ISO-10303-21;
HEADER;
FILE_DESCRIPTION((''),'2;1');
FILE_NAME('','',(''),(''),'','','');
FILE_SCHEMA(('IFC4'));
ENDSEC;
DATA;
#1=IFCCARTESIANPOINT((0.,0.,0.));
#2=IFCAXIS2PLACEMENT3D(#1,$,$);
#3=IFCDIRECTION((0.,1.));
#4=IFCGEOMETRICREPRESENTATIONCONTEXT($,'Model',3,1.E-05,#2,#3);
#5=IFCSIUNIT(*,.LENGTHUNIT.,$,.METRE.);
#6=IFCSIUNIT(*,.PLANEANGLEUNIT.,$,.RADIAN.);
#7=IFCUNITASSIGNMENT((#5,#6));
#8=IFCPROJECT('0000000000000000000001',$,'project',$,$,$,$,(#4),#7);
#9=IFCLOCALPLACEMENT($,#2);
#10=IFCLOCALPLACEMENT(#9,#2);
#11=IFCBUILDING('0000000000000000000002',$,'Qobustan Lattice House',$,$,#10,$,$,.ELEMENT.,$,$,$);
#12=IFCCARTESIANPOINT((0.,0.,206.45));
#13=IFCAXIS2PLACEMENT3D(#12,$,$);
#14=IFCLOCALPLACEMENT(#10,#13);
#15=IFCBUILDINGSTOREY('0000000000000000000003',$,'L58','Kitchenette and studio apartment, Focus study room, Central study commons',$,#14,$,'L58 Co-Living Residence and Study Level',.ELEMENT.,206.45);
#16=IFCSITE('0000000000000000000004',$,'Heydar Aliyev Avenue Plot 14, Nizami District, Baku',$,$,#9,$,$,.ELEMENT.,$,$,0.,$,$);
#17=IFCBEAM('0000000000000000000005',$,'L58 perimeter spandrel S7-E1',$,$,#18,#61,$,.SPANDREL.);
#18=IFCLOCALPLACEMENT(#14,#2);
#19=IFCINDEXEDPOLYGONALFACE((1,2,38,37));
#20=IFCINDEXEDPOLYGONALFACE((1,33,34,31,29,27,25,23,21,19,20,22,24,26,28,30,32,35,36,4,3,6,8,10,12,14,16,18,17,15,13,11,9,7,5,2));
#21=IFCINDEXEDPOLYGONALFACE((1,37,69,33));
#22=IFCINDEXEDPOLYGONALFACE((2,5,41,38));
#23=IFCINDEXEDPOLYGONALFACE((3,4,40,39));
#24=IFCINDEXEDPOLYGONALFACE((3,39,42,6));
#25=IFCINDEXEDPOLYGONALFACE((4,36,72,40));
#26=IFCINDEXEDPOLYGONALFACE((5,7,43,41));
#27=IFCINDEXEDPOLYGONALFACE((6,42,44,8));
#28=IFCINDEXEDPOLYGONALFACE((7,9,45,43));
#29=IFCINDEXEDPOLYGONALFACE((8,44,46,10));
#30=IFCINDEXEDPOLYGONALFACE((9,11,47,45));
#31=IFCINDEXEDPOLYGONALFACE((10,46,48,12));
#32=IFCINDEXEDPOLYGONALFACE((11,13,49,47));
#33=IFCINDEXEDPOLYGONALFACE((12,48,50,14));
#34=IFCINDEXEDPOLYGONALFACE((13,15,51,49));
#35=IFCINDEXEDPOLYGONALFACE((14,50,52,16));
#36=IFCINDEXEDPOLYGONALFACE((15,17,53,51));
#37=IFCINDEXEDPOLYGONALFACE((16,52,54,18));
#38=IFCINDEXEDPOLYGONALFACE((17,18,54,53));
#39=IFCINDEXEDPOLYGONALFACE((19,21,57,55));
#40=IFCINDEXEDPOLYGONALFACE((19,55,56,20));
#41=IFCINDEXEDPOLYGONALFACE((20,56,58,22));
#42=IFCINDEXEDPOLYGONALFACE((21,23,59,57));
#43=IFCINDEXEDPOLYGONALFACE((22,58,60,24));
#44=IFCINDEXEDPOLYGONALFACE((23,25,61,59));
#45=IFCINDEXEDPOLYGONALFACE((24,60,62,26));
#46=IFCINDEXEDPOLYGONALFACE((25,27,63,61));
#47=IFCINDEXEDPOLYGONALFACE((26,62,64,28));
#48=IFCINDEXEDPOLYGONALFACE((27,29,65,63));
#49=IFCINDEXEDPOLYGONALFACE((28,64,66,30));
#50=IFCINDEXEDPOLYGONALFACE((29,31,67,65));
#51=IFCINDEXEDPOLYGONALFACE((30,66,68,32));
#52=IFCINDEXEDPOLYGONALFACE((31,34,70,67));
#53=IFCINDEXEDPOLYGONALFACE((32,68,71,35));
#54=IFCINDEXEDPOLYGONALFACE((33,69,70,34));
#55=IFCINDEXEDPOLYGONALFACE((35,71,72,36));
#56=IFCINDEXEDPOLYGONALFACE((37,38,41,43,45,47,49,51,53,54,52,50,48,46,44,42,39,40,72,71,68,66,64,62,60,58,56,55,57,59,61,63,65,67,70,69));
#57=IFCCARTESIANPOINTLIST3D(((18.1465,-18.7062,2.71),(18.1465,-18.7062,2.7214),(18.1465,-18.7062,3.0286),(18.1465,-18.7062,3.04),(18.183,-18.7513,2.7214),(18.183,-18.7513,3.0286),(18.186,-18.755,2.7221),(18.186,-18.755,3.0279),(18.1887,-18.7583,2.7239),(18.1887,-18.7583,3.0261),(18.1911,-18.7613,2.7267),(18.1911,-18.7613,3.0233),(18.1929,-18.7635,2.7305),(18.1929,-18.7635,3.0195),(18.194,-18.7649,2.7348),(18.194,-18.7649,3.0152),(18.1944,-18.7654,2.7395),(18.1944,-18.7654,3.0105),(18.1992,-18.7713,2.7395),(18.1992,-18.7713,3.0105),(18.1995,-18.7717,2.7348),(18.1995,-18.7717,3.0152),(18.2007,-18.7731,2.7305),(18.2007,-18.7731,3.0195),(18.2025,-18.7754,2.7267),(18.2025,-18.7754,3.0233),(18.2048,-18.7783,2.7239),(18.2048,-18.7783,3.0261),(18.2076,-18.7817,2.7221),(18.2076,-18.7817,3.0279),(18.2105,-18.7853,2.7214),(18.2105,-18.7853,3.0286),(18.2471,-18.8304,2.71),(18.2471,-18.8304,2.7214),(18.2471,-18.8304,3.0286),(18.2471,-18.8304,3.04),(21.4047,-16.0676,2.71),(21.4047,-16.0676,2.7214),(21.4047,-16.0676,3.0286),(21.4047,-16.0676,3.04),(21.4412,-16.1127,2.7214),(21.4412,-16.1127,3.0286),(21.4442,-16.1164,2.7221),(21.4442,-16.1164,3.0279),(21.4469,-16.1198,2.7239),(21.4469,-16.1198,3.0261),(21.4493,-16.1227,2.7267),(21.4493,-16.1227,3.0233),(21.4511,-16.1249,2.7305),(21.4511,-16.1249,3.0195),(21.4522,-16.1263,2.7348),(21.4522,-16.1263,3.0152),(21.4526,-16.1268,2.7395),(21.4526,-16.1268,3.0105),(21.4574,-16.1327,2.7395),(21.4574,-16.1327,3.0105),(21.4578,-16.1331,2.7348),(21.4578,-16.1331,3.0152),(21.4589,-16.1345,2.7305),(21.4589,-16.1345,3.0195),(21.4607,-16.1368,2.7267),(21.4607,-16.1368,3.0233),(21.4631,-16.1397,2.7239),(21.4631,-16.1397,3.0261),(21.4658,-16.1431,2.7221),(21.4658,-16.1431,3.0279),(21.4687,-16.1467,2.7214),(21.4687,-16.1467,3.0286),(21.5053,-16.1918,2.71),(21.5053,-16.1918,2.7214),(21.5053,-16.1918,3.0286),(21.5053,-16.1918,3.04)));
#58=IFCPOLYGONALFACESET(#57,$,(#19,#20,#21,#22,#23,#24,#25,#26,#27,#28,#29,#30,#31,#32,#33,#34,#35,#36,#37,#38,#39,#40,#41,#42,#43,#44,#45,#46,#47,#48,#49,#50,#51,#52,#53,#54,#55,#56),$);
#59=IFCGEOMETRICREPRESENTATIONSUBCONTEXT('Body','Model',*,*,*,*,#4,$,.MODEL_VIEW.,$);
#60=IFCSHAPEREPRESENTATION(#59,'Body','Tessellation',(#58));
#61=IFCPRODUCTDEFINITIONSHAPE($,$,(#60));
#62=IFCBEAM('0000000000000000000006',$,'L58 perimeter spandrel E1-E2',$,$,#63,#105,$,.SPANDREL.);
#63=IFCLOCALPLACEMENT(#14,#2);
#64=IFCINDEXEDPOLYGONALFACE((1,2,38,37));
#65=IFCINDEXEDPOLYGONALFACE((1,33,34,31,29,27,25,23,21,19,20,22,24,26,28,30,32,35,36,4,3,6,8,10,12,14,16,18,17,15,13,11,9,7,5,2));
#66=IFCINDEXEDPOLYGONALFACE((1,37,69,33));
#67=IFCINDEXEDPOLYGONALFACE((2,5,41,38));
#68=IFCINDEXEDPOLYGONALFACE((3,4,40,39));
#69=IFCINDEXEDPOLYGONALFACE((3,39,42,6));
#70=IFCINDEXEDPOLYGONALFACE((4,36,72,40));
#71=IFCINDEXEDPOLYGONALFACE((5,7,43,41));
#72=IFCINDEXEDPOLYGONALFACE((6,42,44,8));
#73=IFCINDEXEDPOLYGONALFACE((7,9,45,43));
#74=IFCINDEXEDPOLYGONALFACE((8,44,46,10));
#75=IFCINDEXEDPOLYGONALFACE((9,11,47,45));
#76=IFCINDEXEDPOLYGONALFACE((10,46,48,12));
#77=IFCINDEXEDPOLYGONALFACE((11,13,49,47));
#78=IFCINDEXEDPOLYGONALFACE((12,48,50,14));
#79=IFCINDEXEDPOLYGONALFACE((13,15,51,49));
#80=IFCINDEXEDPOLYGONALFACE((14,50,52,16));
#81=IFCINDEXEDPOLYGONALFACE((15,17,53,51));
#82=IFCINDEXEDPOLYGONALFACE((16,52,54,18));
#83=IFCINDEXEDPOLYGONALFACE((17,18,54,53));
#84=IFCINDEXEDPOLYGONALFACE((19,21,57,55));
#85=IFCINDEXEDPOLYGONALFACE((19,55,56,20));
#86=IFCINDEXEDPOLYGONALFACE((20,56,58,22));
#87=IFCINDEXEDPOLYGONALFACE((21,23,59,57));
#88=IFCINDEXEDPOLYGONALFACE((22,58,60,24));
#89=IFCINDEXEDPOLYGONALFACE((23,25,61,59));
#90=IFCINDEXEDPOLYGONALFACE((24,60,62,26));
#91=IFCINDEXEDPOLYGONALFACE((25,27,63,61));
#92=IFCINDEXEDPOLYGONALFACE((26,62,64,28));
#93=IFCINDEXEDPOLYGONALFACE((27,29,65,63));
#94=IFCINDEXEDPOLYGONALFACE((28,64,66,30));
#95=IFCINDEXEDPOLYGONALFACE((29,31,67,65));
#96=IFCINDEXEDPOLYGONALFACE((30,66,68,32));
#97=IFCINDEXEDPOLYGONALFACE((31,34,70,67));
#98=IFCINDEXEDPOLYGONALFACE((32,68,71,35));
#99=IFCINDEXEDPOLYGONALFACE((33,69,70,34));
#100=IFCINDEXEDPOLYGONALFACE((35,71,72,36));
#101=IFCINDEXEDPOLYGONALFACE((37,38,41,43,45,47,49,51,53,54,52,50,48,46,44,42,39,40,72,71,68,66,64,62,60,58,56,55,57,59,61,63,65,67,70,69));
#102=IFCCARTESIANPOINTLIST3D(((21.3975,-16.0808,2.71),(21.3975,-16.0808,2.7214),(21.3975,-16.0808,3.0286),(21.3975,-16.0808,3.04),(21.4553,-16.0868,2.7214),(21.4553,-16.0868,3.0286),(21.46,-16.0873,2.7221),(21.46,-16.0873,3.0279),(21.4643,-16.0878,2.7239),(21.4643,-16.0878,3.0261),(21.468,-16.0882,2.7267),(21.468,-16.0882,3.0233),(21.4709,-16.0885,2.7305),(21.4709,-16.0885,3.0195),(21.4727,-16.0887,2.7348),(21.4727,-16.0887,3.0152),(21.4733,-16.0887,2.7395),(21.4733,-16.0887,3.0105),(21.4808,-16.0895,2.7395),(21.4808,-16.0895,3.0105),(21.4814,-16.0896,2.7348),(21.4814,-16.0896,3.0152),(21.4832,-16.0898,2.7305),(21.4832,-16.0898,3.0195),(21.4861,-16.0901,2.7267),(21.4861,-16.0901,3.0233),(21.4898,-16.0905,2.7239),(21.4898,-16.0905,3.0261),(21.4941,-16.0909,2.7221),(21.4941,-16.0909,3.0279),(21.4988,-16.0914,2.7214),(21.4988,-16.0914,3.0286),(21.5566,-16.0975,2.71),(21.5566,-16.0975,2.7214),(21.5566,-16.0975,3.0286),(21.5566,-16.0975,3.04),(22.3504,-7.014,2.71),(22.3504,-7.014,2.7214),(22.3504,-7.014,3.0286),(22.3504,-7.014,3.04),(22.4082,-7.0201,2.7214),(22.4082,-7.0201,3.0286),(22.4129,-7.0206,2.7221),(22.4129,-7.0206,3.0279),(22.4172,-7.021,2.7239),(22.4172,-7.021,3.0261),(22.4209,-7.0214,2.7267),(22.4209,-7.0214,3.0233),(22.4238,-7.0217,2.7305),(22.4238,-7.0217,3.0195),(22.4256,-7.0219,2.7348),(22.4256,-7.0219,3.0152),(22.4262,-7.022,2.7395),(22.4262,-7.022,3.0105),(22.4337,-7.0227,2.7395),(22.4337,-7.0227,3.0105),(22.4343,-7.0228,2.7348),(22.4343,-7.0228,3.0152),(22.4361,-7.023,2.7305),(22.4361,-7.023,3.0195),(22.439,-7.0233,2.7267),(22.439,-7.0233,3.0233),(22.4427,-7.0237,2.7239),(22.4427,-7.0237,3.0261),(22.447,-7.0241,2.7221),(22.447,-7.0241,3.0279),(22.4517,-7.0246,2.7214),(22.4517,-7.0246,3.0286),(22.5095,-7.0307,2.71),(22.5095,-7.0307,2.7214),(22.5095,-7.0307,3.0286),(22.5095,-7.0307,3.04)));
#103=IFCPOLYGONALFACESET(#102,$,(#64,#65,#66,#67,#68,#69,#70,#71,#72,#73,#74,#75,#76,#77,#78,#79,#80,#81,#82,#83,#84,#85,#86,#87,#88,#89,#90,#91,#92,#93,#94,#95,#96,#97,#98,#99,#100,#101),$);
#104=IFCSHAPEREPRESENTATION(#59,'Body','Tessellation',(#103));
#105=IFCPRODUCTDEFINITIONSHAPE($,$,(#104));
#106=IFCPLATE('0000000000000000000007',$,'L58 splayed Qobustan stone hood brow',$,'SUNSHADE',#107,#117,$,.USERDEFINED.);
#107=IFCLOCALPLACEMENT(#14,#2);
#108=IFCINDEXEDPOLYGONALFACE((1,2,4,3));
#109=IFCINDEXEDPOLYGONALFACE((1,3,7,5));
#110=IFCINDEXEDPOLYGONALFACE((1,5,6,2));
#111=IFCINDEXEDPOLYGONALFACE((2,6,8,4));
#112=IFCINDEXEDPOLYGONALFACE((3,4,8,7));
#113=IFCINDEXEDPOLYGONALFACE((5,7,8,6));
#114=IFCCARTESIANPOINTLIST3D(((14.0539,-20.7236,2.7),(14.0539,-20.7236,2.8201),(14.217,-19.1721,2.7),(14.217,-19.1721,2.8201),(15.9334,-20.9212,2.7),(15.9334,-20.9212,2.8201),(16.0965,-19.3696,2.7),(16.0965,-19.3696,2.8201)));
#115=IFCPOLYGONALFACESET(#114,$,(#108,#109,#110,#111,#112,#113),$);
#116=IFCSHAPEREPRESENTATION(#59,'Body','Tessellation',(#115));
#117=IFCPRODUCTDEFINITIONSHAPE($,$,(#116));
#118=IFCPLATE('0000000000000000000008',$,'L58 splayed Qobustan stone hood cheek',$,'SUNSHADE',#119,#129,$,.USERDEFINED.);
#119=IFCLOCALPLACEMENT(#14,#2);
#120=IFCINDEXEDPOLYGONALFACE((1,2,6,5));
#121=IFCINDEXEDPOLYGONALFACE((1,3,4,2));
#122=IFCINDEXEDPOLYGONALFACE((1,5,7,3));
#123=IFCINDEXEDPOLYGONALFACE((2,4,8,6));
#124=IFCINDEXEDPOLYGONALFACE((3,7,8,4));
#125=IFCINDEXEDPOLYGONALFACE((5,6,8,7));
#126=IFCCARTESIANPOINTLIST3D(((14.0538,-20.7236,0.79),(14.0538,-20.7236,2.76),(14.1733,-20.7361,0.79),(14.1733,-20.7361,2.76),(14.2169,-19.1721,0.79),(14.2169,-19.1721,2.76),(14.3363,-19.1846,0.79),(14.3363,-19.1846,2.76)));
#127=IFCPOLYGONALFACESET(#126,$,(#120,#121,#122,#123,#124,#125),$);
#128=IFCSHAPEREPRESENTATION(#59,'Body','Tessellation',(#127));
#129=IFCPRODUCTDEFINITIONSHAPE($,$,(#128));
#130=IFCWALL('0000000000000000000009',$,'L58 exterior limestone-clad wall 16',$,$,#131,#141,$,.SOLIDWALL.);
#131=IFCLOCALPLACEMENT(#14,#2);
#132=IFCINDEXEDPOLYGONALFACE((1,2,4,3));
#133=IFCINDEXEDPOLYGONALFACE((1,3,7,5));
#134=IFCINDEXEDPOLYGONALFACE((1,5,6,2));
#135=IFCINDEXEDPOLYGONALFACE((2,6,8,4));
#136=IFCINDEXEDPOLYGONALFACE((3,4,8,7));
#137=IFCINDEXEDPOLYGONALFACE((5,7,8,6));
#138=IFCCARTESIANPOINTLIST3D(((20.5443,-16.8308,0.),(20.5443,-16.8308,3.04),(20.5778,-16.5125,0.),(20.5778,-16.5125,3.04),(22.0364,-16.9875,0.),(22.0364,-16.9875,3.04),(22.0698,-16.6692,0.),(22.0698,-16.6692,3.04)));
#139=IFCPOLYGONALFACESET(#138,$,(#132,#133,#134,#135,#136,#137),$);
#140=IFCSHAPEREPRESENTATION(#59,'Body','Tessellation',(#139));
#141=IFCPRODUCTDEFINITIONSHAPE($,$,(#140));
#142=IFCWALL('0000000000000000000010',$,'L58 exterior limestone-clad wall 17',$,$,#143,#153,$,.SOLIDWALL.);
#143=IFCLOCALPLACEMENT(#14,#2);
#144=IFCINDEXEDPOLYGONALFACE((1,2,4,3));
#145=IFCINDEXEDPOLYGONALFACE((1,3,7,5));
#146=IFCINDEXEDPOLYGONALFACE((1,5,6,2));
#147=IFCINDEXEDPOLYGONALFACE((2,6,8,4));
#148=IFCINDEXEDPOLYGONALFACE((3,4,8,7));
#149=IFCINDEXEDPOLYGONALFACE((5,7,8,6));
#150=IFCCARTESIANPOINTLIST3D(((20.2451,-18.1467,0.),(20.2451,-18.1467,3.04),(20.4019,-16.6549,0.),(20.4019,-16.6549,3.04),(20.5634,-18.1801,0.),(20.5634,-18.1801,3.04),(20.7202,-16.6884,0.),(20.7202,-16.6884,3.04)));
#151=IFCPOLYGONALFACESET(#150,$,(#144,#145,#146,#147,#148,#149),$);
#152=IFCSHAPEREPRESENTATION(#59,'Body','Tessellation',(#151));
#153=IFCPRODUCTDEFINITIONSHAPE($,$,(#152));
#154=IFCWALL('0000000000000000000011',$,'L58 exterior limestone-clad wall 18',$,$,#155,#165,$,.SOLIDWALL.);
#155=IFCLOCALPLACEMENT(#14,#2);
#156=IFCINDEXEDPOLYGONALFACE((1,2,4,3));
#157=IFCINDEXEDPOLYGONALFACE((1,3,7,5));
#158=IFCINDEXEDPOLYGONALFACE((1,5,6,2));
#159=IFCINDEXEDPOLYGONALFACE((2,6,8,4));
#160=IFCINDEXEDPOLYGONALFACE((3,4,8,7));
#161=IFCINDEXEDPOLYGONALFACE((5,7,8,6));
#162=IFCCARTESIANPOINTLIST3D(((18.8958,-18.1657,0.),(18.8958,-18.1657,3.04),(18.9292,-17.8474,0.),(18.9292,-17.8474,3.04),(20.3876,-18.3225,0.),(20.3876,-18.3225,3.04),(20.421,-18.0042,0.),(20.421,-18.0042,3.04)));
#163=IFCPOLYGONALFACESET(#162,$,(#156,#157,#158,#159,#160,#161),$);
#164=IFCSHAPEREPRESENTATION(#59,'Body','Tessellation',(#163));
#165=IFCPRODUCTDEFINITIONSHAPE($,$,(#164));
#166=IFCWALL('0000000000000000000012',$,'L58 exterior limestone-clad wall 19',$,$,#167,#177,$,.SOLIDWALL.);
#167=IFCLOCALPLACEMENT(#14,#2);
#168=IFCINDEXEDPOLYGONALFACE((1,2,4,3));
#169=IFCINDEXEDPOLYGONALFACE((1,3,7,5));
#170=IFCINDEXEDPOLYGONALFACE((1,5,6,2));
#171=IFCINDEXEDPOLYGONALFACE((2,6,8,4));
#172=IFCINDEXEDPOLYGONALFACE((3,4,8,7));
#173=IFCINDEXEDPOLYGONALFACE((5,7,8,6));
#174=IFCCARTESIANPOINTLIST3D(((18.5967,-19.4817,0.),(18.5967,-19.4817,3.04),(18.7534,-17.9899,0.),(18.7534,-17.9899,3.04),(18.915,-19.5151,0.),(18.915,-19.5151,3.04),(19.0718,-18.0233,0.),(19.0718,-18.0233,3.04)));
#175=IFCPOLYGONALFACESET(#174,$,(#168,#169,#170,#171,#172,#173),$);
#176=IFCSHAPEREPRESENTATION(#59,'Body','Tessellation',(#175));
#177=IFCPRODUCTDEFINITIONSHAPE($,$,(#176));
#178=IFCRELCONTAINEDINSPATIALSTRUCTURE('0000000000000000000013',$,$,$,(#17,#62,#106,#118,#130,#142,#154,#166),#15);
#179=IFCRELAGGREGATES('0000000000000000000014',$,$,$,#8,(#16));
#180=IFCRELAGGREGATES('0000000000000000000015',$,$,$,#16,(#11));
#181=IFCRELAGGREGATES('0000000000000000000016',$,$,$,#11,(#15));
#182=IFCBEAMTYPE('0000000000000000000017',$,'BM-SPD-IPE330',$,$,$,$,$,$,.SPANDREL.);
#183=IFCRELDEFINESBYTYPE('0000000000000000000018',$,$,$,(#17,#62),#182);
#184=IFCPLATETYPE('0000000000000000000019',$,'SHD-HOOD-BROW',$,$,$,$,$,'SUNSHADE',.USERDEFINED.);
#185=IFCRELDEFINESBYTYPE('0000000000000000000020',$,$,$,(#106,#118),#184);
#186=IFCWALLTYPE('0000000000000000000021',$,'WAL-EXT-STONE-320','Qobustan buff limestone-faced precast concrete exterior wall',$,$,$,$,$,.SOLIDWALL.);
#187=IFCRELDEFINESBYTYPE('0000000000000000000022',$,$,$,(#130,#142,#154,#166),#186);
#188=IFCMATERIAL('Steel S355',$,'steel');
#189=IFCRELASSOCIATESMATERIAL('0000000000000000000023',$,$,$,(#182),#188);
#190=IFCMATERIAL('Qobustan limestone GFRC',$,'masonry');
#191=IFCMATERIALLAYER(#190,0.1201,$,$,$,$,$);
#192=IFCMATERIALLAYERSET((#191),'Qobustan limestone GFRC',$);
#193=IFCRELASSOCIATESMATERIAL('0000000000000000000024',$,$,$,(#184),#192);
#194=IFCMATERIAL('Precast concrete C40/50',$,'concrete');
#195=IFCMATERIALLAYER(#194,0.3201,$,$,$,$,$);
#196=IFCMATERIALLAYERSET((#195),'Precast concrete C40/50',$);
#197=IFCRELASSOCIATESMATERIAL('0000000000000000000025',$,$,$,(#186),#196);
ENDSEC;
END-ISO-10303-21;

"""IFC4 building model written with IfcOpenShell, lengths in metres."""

from ifc_helpers import new_model, si_unit, direction, frame, frame_2d, origin, origin_2d, place, context, subcontext, project, spatial, rectangle, i_section, extrude, material, layer, layer_set, material_profile, profile_set, type_object, element, save


model = new_model("IFC4")

# Units and contexts
model_context = context("Model", 3, precision=1e-05, world=origin(), true_north=direction((0.0, 1.0)))
body_context = subcontext(model_context, "Body", "Model", "MODEL_VIEW")
ifc_project = project(units=[si_unit("LENGTHUNIT", "METRE"), si_unit("PLANEANGLEUNIT", "RADIAN")], contexts=[model_context])

# Site, building, storey
site_placement = place(None, origin())
site = spatial("IfcSite", under=ifc_project, at=site_placement, Name="Heydar Aliyev Avenue Plot 14, Nizami District, Baku", CompositionType="ELEMENT", RefElevation=0.0)
building_placement = place(site_placement, origin())
building = spatial("IfcBuilding", under=site, at=building_placement, Name="Qobustan Lattice House", CompositionType="ELEMENT")
storey_placement = place(building_placement, frame((0.0, 0.0, 206.45)))
storey = spatial("IfcBuildingStorey", under=building, at=storey_placement, Name="L58", Description="Kitchenette and studio apartment, Focus study room, Central study commons", LongName="L58 Co-Living Residence and Study Level", CompositionType="ELEMENT", Elevation=206.45)

# Beams
ifc_material_1 = material(Name="Steel S355", Category="steel")
ifc_material_profile_1 = material_profile(ifc_material_1, i_section(OverallWidth=0.1599, OverallDepth=0.3301, WebThickness=0.0076, FlangeThickness=0.0115, FilletRadius=0.0181, at=origin_2d()), Name="IPE330")
ifc_profile_set_1 = profile_set([ifc_material_profile_1], Name="Steel S355")
beam_type_1 = type_object("IfcBeamType", Name="BM-SPD-IPE330", PredefinedType="SPANDREL", material=ifc_profile_set_1)
beam_1_placement = place(storey_placement, frame((18.1968, -18.7683, 2.875), z_axis=(0.777128, 0.629342, 0.0), x_axis=(-0.629342, 0.777128, 0.0)))
element("IfcBeam", 1, at=beam_1_placement, inside=storey, type_object=beam_type_1, Name="L58 perimeter spandrel S7-E1", PredefinedType="SPANDREL", context=body_context, shape_type="SweptSolid", body=[
    extrude(i_section(OverallWidth=0.1599, OverallDepth=0.3301, WebThickness=0.0076, FlangeThickness=0.0115, FilletRadius=0.0181, at=origin_2d()), origin(), (0.0, 0.0, 1.0), 4.1926),
])
beam_2_placement = place(storey_placement, frame((21.4771, -16.0891, 2.875), z_axis=(0.104522, 0.994523, 0.0), x_axis=(-0.994523, 0.104522, 0.0)))
element("IfcBeam", 2, at=beam_2_placement, inside=storey, type_object=beam_type_1, Name="L58 perimeter spandrel E1-E2", PredefinedType="SPANDREL", context=body_context, shape_type="SweptSolid", body=[
    extrude(i_section(OverallWidth=0.1599, OverallDepth=0.3301, WebThickness=0.0076, FlangeThickness=0.0115, FilletRadius=0.0181, at=origin_2d()), origin(), (0.0, 0.0, 1.0), 9.1167),
])

# Plates
ifc_material_2 = material(Name="Qobustan limestone GFRC", Category="masonry")
ifc_layer_1 = layer(ifc_material_2, 0.1201)
ifc_layer_set_1 = layer_set([ifc_layer_1], Name="Qobustan limestone GFRC")
plate_type = type_object("IfcPlateType", Name="SHD-HOOD-BROW", ElementType="SUNSHADE", PredefinedType="USERDEFINED", material=ifc_layer_set_1)
plate_1_placement = place(storey_placement, frame((15.0752, -20.0466, 2.7), z_axis=(0.0, 0.0, 1.0), x_axis=(-0.994522, 0.104528, 0.0)))
element("IfcPlate", 3, at=plate_1_placement, inside=storey, type_object=plate_type, Name="L58 splayed Qobustan stone hood brow", ObjectType="SUNSHADE", PredefinedType="USERDEFINED", context=body_context, shape_type="SweptSolid", body=[
    extrude(rectangle(XDim=1.8899, YDim=1.5601, at=origin_2d()), origin(), (0.0, 0.0, 1.0), 0.1201),
])
plate_2_placement = place(storey_placement, frame((14.1951, -19.9541, 0.79), z_axis=(0.0, 0.0, 1.0), x_axis=(-0.994522, 0.104528, 0.0)))
element("IfcPlate", 4, at=plate_2_placement, inside=storey, type_object=plate_type, Name="L58 splayed Qobustan stone hood cheek", ObjectType="SUNSHADE", PredefinedType="USERDEFINED", context=body_context, shape_type="SweptSolid", body=[
    extrude(rectangle(XDim=0.1201, YDim=1.5601, at=origin_2d()), origin(), (0.0, 0.0, 1.0), 1.97),
])

# Walls
ifc_material_3 = material(Name="Precast concrete C40/50", Category="concrete")
ifc_layer_2 = layer(ifc_material_3, 0.3201)
ifc_layer_set_2 = layer_set([ifc_layer_2], Name="Precast concrete C40/50")
wall_type_1 = type_object("IfcWallType", Name="WAL-EXT-STONE-320", Description="Qobustan buff limestone-faced precast concrete exterior wall", PredefinedType="SOLIDWALL", material=ifc_layer_set_2)
wall_1_placement = place(storey_placement, frame((22.053, -16.8284, 0.0), z_axis=(0.0, 0.0, 1.0), x_axis=(-0.994527, 0.104481, 0.0)))
element("IfcWall", 5, at=wall_1_placement, inside=storey, type_object=wall_type_1, Name="L58 exterior limestone-clad wall 16", PredefinedType="SOLIDWALL", context=body_context, shape_type="SweptSolid", body=[
    extrude(rectangle(XDim=1.5002, YDim=0.3201, at=frame_2d((0.75, 0.0))), origin(), (0.0, 0.0, 1.0), 3.04),
])
for number, where, z_axis, x_axis, name in (
    (6, (20.561, -16.6716, 0.0), (0.0, 0.0, 1.0), (-0.104498, -0.994525, 0.0), "L58 exterior limestone-clad wall 17"),
    (7, (20.4043, -18.1633, 0.0), (0.0, 0.0, 1.0), (-0.994525, 0.104498, 0.0), "L58 exterior limestone-clad wall 18"),
    (8, (18.9126, -18.0066, 0.0), (0.0, 0.0, 1.0), (-0.104498, -0.994525, 0.0), "L58 exterior limestone-clad wall 19"),
):
    element("IfcWall", number, at=place(storey_placement, frame(where, z_axis=z_axis, x_axis=x_axis)), inside=storey, type_object=wall_type_1, Name=name, PredefinedType="SOLIDWALL", context=body_context, shape_type="SweptSolid", body=[
        extrude(rectangle(XDim=1.5, YDim=0.3201, at=frame_2d((0.75, 0.0))), origin(), (0.0, 0.0, 1.0), 3.04),
    ])

save(model, "model.ifc")
